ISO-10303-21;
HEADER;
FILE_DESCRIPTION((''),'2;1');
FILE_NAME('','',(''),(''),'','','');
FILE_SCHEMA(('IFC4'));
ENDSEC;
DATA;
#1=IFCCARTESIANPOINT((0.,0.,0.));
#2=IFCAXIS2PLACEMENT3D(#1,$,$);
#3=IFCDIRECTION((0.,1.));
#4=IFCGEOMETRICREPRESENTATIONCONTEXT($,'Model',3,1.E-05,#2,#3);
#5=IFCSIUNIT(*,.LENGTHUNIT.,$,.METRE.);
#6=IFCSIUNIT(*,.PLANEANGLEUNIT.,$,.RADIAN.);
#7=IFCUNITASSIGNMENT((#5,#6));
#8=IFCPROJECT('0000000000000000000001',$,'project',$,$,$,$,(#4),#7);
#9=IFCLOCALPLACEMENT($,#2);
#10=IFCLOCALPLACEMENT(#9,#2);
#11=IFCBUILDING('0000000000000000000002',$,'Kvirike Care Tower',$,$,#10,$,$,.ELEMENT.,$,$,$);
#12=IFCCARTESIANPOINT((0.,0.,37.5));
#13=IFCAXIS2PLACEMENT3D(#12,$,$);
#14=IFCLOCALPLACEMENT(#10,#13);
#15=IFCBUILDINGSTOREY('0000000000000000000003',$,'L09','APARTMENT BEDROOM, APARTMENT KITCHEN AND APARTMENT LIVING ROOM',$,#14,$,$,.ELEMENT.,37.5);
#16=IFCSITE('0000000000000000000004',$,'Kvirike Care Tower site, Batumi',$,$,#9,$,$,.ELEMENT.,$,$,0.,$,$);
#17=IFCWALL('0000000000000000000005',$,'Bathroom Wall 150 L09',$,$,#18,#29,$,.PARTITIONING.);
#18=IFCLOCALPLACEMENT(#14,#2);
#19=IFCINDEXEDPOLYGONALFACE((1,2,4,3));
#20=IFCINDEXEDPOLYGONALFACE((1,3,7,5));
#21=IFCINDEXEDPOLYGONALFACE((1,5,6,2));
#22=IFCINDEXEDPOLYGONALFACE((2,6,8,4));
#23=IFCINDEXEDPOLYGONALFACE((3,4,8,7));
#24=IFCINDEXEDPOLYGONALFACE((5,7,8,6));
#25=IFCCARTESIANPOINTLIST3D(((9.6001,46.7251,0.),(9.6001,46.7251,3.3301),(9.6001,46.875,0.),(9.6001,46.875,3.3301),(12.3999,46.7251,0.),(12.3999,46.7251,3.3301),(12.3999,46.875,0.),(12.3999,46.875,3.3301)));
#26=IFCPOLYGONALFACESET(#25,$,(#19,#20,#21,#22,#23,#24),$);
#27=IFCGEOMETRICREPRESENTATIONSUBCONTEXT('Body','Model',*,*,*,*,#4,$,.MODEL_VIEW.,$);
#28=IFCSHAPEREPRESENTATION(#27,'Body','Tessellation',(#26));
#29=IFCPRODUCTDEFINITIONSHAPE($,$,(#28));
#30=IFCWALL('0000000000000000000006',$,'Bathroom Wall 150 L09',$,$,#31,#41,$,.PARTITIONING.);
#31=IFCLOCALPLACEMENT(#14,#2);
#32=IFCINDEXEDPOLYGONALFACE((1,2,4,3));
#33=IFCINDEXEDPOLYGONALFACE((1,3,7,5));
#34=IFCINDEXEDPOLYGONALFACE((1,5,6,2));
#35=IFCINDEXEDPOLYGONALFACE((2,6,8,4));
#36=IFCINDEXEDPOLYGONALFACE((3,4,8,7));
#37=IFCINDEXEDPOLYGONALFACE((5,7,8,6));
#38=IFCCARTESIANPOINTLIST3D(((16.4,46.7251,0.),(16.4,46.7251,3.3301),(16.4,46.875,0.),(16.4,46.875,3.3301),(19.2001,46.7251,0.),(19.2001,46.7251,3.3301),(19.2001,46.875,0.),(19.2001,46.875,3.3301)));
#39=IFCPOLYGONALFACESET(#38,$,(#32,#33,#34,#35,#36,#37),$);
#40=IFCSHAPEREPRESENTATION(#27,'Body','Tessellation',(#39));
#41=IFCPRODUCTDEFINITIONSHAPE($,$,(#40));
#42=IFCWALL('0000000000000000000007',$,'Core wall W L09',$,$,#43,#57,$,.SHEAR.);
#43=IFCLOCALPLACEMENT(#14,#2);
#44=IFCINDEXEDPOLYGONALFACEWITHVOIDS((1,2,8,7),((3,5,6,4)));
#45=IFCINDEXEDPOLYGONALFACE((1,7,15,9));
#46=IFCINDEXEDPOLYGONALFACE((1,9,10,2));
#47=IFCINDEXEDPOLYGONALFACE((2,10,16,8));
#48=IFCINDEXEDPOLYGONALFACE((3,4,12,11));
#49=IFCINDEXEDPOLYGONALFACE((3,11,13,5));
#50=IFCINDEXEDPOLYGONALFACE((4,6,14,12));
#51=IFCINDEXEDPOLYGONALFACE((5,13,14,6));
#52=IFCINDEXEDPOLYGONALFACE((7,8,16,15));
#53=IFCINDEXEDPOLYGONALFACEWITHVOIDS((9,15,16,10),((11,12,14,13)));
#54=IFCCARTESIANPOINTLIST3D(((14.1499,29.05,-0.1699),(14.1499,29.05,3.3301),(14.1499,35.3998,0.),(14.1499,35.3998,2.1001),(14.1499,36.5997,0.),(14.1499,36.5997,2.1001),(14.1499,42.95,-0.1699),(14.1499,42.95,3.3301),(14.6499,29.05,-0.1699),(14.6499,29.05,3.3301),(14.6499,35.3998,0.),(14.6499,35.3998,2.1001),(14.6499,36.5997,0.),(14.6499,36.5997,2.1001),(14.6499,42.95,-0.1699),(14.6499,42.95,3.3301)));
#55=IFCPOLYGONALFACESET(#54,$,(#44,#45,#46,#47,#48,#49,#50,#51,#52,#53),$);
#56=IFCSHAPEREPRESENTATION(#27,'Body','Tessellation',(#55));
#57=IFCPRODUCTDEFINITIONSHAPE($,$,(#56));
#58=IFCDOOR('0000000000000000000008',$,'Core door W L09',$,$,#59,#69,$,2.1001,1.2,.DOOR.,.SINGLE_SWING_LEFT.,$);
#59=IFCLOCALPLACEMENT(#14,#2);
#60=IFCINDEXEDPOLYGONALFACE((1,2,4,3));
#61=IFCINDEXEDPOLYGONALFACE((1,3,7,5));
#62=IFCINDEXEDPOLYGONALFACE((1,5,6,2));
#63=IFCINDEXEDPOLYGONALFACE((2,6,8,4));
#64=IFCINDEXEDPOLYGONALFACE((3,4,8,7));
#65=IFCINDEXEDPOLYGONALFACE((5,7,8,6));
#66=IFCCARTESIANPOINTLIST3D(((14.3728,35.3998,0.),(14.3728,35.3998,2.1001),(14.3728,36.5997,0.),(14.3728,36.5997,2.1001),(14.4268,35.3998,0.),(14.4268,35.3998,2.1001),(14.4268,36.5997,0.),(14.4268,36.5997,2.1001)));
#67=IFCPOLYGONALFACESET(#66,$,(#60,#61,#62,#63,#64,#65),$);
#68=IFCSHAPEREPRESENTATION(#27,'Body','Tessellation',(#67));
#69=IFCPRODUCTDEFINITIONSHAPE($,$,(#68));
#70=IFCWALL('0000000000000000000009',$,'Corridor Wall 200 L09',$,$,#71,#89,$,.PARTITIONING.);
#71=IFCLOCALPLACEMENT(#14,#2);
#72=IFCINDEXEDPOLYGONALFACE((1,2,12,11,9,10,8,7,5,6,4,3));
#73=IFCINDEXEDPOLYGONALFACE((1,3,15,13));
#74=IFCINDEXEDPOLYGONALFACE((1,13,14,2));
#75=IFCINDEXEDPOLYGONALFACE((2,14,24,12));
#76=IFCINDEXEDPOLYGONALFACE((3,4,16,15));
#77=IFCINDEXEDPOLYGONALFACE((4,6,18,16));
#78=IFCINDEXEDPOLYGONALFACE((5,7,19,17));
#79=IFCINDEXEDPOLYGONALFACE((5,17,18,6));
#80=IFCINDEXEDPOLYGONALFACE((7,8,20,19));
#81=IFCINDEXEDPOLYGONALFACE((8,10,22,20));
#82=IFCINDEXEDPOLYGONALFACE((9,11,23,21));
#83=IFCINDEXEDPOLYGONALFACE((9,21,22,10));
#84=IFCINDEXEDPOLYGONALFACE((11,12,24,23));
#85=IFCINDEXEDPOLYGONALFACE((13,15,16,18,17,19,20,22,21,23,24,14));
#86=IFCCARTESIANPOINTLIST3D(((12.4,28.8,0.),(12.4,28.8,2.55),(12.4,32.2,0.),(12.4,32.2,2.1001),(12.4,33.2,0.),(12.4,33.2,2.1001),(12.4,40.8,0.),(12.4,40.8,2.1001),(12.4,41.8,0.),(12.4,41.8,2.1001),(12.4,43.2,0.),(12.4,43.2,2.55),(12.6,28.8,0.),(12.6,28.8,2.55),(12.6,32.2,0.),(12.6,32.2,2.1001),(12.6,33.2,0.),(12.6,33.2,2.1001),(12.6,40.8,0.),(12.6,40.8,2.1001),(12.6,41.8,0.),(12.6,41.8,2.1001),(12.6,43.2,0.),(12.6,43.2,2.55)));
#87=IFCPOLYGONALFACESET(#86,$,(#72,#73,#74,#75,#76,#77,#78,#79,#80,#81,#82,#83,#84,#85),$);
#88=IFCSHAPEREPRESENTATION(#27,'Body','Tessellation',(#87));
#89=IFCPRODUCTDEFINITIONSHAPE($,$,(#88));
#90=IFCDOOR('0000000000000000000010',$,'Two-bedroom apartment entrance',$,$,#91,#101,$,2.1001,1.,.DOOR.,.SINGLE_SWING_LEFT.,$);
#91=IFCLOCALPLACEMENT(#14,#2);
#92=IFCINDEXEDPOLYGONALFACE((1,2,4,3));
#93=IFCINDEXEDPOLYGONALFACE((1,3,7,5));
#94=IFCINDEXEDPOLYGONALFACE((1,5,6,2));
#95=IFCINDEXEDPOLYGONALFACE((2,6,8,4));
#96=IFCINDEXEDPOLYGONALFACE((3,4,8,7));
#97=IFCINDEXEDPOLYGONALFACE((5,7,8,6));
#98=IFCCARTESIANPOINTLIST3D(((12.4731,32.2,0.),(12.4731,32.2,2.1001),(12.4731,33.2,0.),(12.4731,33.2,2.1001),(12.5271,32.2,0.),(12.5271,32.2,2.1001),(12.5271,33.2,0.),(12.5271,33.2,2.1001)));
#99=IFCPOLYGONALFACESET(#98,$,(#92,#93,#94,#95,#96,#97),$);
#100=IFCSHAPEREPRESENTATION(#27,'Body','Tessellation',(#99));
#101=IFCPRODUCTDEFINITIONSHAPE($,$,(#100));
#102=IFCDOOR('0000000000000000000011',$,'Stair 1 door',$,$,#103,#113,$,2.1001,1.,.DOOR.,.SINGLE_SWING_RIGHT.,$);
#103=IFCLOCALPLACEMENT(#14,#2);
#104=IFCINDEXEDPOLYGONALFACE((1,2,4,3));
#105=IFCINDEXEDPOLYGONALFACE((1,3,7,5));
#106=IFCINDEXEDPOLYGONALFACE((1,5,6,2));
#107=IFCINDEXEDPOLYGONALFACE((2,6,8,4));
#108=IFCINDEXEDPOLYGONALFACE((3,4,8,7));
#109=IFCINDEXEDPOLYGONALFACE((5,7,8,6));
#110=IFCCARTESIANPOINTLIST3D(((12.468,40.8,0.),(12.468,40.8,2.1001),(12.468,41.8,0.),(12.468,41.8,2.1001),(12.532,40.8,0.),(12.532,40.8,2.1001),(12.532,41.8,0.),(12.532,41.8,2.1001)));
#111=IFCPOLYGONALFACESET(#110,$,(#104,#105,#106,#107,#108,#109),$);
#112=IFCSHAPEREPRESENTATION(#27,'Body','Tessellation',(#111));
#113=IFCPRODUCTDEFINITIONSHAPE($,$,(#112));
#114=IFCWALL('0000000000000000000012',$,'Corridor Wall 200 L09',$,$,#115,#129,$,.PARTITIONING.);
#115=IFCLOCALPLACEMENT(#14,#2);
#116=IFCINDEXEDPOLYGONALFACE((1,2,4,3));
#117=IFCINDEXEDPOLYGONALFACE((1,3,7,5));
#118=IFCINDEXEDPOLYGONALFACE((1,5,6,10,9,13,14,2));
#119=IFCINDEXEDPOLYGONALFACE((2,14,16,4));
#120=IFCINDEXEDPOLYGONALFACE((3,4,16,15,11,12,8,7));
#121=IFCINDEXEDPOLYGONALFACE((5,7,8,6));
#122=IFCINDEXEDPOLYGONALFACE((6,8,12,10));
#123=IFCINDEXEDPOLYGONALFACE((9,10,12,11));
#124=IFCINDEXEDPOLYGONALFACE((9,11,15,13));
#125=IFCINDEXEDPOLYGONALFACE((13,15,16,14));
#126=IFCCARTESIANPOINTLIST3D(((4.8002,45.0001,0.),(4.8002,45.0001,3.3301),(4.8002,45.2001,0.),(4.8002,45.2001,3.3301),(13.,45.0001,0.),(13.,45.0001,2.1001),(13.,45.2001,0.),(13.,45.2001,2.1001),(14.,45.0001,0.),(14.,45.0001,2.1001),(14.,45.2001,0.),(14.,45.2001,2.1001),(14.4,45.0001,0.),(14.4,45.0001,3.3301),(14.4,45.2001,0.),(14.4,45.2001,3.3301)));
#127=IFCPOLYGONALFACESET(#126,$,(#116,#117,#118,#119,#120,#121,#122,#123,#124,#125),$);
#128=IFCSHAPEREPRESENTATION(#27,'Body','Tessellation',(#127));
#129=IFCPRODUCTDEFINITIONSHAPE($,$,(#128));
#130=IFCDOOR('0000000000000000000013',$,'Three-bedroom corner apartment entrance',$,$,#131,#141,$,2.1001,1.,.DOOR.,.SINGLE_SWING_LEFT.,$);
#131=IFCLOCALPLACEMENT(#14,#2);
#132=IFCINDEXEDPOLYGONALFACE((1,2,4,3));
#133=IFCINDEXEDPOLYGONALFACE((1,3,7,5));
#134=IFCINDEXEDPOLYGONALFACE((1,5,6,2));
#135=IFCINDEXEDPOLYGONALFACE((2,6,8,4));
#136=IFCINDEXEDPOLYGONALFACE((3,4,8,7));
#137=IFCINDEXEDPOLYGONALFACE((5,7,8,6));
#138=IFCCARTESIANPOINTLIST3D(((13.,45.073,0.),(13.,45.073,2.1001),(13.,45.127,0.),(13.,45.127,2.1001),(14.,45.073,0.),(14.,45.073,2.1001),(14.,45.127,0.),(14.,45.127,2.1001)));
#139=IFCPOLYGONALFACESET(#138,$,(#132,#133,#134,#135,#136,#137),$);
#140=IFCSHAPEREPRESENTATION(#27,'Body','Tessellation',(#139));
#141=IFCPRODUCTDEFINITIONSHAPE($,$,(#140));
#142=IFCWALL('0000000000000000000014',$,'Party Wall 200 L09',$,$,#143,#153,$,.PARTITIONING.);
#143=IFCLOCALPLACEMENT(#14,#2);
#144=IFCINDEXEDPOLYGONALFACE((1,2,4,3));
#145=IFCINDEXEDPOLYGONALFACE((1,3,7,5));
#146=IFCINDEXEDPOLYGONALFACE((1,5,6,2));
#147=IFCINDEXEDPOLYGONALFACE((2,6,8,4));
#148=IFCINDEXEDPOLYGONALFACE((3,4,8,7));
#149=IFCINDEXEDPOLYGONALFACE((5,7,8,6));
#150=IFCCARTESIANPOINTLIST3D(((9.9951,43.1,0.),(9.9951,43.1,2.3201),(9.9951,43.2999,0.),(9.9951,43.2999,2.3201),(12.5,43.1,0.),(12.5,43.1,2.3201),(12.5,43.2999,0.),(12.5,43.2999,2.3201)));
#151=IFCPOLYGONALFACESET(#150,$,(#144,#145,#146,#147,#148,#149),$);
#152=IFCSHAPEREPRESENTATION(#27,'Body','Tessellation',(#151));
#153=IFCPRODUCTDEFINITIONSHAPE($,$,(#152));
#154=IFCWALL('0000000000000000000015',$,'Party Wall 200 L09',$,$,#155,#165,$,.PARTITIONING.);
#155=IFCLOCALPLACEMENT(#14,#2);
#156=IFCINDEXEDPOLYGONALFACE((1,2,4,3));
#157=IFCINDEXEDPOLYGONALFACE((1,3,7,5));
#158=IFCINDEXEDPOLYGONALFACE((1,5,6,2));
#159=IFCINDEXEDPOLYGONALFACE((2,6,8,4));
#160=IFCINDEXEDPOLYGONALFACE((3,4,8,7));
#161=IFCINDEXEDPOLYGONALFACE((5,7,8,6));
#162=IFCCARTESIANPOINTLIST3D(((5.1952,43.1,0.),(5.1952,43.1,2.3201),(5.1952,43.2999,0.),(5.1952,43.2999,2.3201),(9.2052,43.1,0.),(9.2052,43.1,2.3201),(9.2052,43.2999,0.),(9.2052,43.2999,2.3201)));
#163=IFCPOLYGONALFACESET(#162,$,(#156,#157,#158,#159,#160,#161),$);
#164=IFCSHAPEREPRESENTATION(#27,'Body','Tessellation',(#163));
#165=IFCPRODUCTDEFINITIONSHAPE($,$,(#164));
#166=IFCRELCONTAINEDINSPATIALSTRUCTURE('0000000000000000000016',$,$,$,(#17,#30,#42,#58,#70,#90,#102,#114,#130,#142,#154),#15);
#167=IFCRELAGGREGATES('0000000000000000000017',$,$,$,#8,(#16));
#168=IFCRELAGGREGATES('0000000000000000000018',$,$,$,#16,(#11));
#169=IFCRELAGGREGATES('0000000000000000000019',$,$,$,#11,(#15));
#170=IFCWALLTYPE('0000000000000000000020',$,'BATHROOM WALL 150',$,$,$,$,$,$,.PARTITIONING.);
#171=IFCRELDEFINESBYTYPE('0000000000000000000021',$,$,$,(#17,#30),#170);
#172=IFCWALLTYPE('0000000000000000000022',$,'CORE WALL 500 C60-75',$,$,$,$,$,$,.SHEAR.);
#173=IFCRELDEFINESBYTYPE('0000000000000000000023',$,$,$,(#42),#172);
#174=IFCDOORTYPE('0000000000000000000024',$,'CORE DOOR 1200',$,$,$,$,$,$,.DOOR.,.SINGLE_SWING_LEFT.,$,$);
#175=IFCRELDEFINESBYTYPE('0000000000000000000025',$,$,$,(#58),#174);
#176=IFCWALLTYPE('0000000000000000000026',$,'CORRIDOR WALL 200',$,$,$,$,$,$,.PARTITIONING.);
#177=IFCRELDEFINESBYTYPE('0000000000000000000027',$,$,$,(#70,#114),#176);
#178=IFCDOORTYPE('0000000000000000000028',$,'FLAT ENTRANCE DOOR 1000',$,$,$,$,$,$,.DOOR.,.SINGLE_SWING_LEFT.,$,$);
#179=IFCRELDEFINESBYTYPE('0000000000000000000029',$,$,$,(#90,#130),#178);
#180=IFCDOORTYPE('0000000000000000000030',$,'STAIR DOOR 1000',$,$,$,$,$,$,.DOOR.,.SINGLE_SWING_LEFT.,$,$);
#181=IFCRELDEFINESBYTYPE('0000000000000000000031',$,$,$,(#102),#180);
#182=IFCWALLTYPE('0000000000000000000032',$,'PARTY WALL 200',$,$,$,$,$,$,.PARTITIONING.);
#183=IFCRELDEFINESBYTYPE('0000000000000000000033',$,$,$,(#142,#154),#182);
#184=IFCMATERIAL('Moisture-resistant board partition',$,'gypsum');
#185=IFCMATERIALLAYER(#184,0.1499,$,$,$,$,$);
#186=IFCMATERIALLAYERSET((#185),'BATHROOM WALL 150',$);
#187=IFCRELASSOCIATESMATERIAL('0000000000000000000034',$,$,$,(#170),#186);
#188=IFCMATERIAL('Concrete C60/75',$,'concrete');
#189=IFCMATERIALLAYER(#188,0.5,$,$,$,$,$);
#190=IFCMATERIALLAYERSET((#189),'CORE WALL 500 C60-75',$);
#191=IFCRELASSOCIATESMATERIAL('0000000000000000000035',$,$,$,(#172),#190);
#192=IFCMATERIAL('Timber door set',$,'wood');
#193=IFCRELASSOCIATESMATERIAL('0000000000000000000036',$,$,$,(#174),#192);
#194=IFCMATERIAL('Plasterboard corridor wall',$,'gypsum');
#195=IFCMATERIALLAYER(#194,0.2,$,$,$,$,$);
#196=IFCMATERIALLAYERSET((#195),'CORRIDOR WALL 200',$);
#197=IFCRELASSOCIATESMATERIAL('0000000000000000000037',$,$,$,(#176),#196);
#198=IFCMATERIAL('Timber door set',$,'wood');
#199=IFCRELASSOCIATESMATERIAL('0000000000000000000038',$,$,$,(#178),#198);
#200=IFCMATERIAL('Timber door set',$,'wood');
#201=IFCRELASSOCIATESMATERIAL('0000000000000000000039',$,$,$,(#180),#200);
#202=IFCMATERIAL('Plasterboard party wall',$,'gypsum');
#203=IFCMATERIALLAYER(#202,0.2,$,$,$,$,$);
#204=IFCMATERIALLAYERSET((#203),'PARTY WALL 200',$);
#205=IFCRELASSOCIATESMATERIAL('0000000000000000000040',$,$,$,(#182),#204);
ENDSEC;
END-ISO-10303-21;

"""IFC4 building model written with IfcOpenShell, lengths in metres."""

from ifc_helpers import new_model, si_unit, direction, frame, frame_2d, origin, place, context, subcontext, project, spatial, rectangle, extrude, material, layer, layer_set, type_object, element, fill, save


model = new_model("IFC4")

# Units and contexts
model_context = context("Model", 3, precision=1e-05, world=origin(), true_north=direction((0.0, 1.0)))
body_context = subcontext(model_context, "Body", "Model", "MODEL_VIEW")
ifc_project = project(units=[si_unit("LENGTHUNIT", "METRE"), si_unit("PLANEANGLEUNIT", "RADIAN")], contexts=[model_context])

# Site, building, storey
site_placement = place(None, origin())
site = spatial("IfcSite", under=ifc_project, at=site_placement, Name="Kvirike Care Tower site, Batumi", CompositionType="ELEMENT", RefElevation=0.0)
building_placement = place(site_placement, origin())
building = spatial("IfcBuilding", under=site, at=building_placement, Name="Kvirike Care Tower", CompositionType="ELEMENT")
storey_placement = place(building_placement, frame((0.0, 0.0, 37.5)))
storey = spatial("IfcBuildingStorey", under=building, at=storey_placement, Name="L09", Description="APARTMENT BEDROOM, APARTMENT KITCHEN AND APARTMENT LIVING ROOM", CompositionType="ELEMENT", Elevation=37.5)

# Walls
ifc_material_1 = material(Name="Moisture-resistant board partition", Category="gypsum")
ifc_layer_1 = layer(ifc_material_1, 0.1499)
ifc_layer_set_1 = layer_set([ifc_layer_1], Name="BATHROOM WALL 150")
wall_type_1 = type_object("IfcWallType", Name="BATHROOM WALL 150", PredefinedType="PARTITIONING", material=ifc_layer_set_1)
wall_1_placement = place(storey_placement, frame((12.3999, 46.8, 0.0), z_axis=(0.0, 0.0, 1.0), x_axis=(-1.0, 0.0, 0.0)))
element("IfcWall", 1, at=wall_1_placement, inside=storey, type_object=wall_type_1, Name="Bathroom Wall 150 L09", PredefinedType="PARTITIONING", context=body_context, shape_type="SweptSolid", body=[
    extrude(rectangle(XDim=2.7998, YDim=0.1499, at=frame_2d((1.3999, 0.0))), origin(), (0.0, 0.0, 1.0), 3.3301),
])
wall_2_placement = place(storey_placement, frame((19.2, 46.8, 0.0), z_axis=(0.0, 0.0, 1.0), x_axis=(-1.0, 0.0, 0.0)))
element("IfcWall", 2, at=wall_2_placement, inside=storey, type_object=wall_type_1, Name="Bathroom Wall 150 L09", PredefinedType="PARTITIONING", context=body_context, shape_type="SweptSolid", body=[
    extrude(rectangle(XDim=2.8, YDim=0.1499, at=frame_2d((1.3999, 0.0))), origin(), (0.0, 0.0, 1.0), 3.3301),
])

# Wall, opening, door
ifc_material_2 = material(Name="Concrete C60/75", Category="concrete")
ifc_layer_2 = layer(ifc_material_2, 0.5)
ifc_layer_set_2 = layer_set([ifc_layer_2], Name="CORE WALL 500 C60-75")
wall_type_2 = type_object("IfcWallType", Name="CORE WALL 500 C60-75", PredefinedType="SHEAR", material=ifc_layer_set_2)
wall_3_placement = place(storey_placement, frame((14.3999, 42.95, -0.1699), z_axis=(0.0, 0.0, 1.0), x_axis=(0.0, -1.0, 0.0)))
wall_3 = element("IfcWall", 3, at=wall_3_placement, inside=storey, type_object=wall_type_2, Name="Core wall W L09", PredefinedType="SHEAR", context=body_context, shape_type="SweptSolid", body=[
    extrude(rectangle(XDim=13.8999, YDim=0.5, at=frame_2d((6.95, 0.0))), origin(), (0.0, 0.0, 1.0), 3.5),
])
opening_1_placement = place(wall_3_placement, frame((6.3501, 0.0, 0.1699)))
opening_1 = element("IfcOpeningElement", 4, at=opening_1_placement, cuts=wall_3, PredefinedType="OPENING", context=body_context, shape_type="SweptSolid", body=[
    extrude(rectangle(XDim=1.2, YDim=2.1001, at=frame_2d((0.6001, 1.05))), frame((0.0, 0.2605, 0.0), z_axis=(0.0, -1.0, 0.0), x_axis=(1.0, 0.0, 0.0)), (0.0, 0.0, 1.0), 0.521),
])
ifc_material_3 = material(Name="Timber door set", Category="wood")
door_type_1 = type_object("IfcDoorType", Name="CORE DOOR 1200", OperationType="SINGLE_SWING_LEFT", PredefinedType="DOOR", material=ifc_material_3)
door_1_placement = place(opening_1_placement, origin())
door_1 = element("IfcDoor", 5, at=door_1_placement, inside=storey, type_object=door_type_1, Name="Core door W L09", OperationType="SINGLE_SWING_LEFT", OverallHeight=2.1001, OverallWidth=1.2, PredefinedType="DOOR", context=body_context, shape_type="SweptSolid", body=[
    extrude(rectangle(XDim=1.2, YDim=2.1001, at=frame_2d((0.6001, 1.05))), frame((0.0, 0.0269, 0.0), z_axis=(0.0, -1.0, 0.0), x_axis=(1.0, 0.0, 0.0)), (0.0, 0.0, 1.0), 0.054),
])
fill(opening_1, door_1)

# Wall, openings, doors
ifc_material_4 = material(Name="Plasterboard corridor wall", Category="gypsum")
ifc_layer_3 = layer(ifc_material_4, 0.2)
ifc_layer_set_3 = layer_set([ifc_layer_3], Name="CORRIDOR WALL 200")
wall_type_3 = type_object("IfcWallType", Name="CORRIDOR WALL 200", PredefinedType="PARTITIONING", material=ifc_layer_set_3)
wall_4_placement = place(storey_placement, frame((12.5, 43.2, 0.0), z_axis=(0.0, 0.0, 1.0), x_axis=(0.0, -1.0, 0.0)))
wall_4 = element("IfcWall", 6, at=wall_4_placement, inside=storey, type_object=wall_type_3, Name="Corridor Wall 200 L09", PredefinedType="PARTITIONING", context=body_context, shape_type="SweptSolid", body=[
    extrude(rectangle(XDim=14.3999, YDim=0.2, at=frame_2d((7.2, 0.0))), origin(), (0.0, 0.0, 1.0), 2.55),
])
opening_2_placement = place(wall_4_placement, frame((1.3999, 0.0, 0.0)))
opening_2 = element("IfcOpeningElement", 7, at=opening_2_placement, cuts=wall_4, PredefinedType="OPENING", context=body_context, shape_type="SweptSolid", body=[
    extrude(rectangle(XDim=1.0, YDim=2.1001, at=frame_2d((0.5, 1.05))), frame((0.0, 0.1106, 0.0), z_axis=(0.0, -1.0, 0.0), x_axis=(1.0, 0.0, 0.0)), (0.0, 0.0, 1.0), 0.2209),
])
opening_3_placement = place(wall_4_placement, frame((10.0, 0.0, 0.0)))
opening_3 = element("IfcOpeningElement", 8, at=opening_3_placement, cuts=wall_4, PredefinedType="OPENING", context=body_context, shape_type="SweptSolid", body=[
    extrude(rectangle(XDim=1.0, YDim=2.1001, at=frame_2d((0.5, 1.05))), frame((0.0, 0.1106, 0.0), z_axis=(0.0, -1.0, 0.0), x_axis=(1.0, 0.0, 0.0)), (0.0, 0.0, 1.0), 0.2209),
])
ifc_material_5 = material(Name="Timber door set", Category="wood")
door_type_2 = type_object("IfcDoorType", Name="FLAT ENTRANCE DOOR 1000", OperationType="SINGLE_SWING_LEFT", PredefinedType="DOOR", material=ifc_material_5)
door_2_placement = place(opening_3_placement, frame((1.0, 0.0, 0.0), z_axis=(0.0, 0.0, 1.0), x_axis=(-1.0, 0.0, 0.0)))
door_2 = element("IfcDoor", 9, at=door_2_placement, inside=storey, type_object=door_type_2, Name="Two-bedroom apartment entrance", OperationType="SINGLE_SWING_LEFT", OverallHeight=2.1001, OverallWidth=1.0, PredefinedType="DOOR", context=body_context, shape_type="SweptSolid", body=[
    extrude(rectangle(XDim=1.0, YDim=2.1001, at=frame_2d((0.5, 1.05))), frame((0.0, 0.0269, 0.0), z_axis=(0.0, -1.0, 0.0), x_axis=(1.0, 0.0, 0.0)), (0.0, 0.0, 1.0), 0.054),
])
fill(opening_3, door_2)
ifc_material_6 = material(Name="Timber door set", Category="wood")
door_type_3 = type_object("IfcDoorType", Name="STAIR DOOR 1000", OperationType="SINGLE_SWING_LEFT", PredefinedType="DOOR", material=ifc_material_6)
door_3_placement = place(opening_2_placement, frame((1.0, 0.0, 0.0), z_axis=(0.0, 0.0, 1.0), x_axis=(-1.0, 0.0, 0.0)))
door_3 = element("IfcDoor", 10, at=door_3_placement, inside=storey, type_object=door_type_3, Name="Stair 1 door", OperationType="SINGLE_SWING_RIGHT", OverallHeight=2.1001, OverallWidth=1.0, PredefinedType="DOOR", context=body_context, shape_type="SweptSolid", body=[
    extrude(rectangle(XDim=1.0, YDim=2.1001, at=frame_2d((0.5, 1.05))), frame((0.0, 0.032, 0.0), z_axis=(0.0, -1.0, 0.0), x_axis=(1.0, 0.0, 0.0)), (0.0, 0.0, 1.0), 0.064),
])
fill(opening_2, door_3)

# Wall, opening, door
wall_5_placement = place(storey_placement, frame((14.3999, 45.1001, 0.0), z_axis=(0.0, 0.0, 1.0), x_axis=(-1.0, 0.0, 0.0)))
wall_5 = element("IfcWall", 11, at=wall_5_placement, inside=storey, type_object=wall_type_3, Name="Corridor Wall 200 L09", PredefinedType="PARTITIONING", context=body_context, shape_type="SweptSolid", body=[
    extrude(rectangle(XDim=9.5999, YDim=0.2, at=frame_2d((4.7998, 0.0))), origin(), (0.0, 0.0, 1.0), 3.3301),
])
opening_4_placement = place(wall_5_placement, frame((0.3999, 0.0, 0.0)))
opening_4 = element("IfcOpeningElement", 12, at=opening_4_placement, cuts=wall_5, PredefinedType="OPENING", context=body_context, shape_type="SweptSolid", body=[
    extrude(rectangle(XDim=1.0, YDim=2.1001, at=frame_2d((0.5, 1.05))), frame((0.0, 0.1106, 0.0), z_axis=(0.0, -1.0, 0.0), x_axis=(1.0, 0.0, 0.0)), (0.0, 0.0, 1.0), 0.2209),
])
door_4_placement = place(opening_4_placement, frame((1.0, 0.0, 0.0), z_axis=(0.0, 0.0, 1.0), x_axis=(-1.0, 0.0, 0.0)))
door_4 = element("IfcDoor", 13, at=door_4_placement, inside=storey, type_object=door_type_2, Name="Three-bedroom corner apartment entrance", OperationType="SINGLE_SWING_LEFT", OverallHeight=2.1001, OverallWidth=1.0, PredefinedType="DOOR", context=body_context, shape_type="SweptSolid", body=[
    extrude(rectangle(XDim=1.0, YDim=2.1001, at=frame_2d((0.5, 1.05))), frame((0.0, 0.0269, 0.0), z_axis=(0.0, -1.0, 0.0), x_axis=(1.0, 0.0, 0.0)), (0.0, 0.0, 1.0), 0.054),
])
fill(opening_4, door_4)

# Walls
ifc_material_7 = material(Name="Plasterboard party wall", Category="gypsum")
ifc_layer_4 = layer(ifc_material_7, 0.2)
ifc_layer_set_4 = layer_set([ifc_layer_4], Name="PARTY WALL 200")
wall_type_4 = type_object("IfcWallType", Name="PARTY WALL 200", PredefinedType="PARTITIONING", material=ifc_layer_set_4)
wall_6_placement = place(storey_placement, frame((12.5, 43.2, 0.0), z_axis=(0.0, 0.0, 1.0), x_axis=(-1.0, 0.0, 0.0)))
element("IfcWall", 14, at=wall_6_placement, inside=storey, type_object=wall_type_4, Name="Party Wall 200 L09", PredefinedType="PARTITIONING", context=body_context, shape_type="SweptSolid", body=[
    extrude(rectangle(XDim=2.5049, YDim=0.2, at=frame_2d((1.2524, 0.0))), origin(), (0.0, 0.0, 1.0), 2.3201),
])
wall_7_placement = place(storey_placement, frame((9.2051, 43.2, 0.0), z_axis=(0.0, 0.0, 1.0), x_axis=(-1.0, 0.0, 0.0)))
element("IfcWall", 15, at=wall_7_placement, inside=storey, type_object=wall_type_4, Name="Party Wall 200 L09", PredefinedType="PARTITIONING", context=body_context, shape_type="SweptSolid", body=[
    extrude(rectangle(XDim=4.01, YDim=0.2, at=frame_2d((2.0049, 0.0))), origin(), (0.0, 0.0, 1.0), 2.3201),
])

save(model, "model.ifc")
